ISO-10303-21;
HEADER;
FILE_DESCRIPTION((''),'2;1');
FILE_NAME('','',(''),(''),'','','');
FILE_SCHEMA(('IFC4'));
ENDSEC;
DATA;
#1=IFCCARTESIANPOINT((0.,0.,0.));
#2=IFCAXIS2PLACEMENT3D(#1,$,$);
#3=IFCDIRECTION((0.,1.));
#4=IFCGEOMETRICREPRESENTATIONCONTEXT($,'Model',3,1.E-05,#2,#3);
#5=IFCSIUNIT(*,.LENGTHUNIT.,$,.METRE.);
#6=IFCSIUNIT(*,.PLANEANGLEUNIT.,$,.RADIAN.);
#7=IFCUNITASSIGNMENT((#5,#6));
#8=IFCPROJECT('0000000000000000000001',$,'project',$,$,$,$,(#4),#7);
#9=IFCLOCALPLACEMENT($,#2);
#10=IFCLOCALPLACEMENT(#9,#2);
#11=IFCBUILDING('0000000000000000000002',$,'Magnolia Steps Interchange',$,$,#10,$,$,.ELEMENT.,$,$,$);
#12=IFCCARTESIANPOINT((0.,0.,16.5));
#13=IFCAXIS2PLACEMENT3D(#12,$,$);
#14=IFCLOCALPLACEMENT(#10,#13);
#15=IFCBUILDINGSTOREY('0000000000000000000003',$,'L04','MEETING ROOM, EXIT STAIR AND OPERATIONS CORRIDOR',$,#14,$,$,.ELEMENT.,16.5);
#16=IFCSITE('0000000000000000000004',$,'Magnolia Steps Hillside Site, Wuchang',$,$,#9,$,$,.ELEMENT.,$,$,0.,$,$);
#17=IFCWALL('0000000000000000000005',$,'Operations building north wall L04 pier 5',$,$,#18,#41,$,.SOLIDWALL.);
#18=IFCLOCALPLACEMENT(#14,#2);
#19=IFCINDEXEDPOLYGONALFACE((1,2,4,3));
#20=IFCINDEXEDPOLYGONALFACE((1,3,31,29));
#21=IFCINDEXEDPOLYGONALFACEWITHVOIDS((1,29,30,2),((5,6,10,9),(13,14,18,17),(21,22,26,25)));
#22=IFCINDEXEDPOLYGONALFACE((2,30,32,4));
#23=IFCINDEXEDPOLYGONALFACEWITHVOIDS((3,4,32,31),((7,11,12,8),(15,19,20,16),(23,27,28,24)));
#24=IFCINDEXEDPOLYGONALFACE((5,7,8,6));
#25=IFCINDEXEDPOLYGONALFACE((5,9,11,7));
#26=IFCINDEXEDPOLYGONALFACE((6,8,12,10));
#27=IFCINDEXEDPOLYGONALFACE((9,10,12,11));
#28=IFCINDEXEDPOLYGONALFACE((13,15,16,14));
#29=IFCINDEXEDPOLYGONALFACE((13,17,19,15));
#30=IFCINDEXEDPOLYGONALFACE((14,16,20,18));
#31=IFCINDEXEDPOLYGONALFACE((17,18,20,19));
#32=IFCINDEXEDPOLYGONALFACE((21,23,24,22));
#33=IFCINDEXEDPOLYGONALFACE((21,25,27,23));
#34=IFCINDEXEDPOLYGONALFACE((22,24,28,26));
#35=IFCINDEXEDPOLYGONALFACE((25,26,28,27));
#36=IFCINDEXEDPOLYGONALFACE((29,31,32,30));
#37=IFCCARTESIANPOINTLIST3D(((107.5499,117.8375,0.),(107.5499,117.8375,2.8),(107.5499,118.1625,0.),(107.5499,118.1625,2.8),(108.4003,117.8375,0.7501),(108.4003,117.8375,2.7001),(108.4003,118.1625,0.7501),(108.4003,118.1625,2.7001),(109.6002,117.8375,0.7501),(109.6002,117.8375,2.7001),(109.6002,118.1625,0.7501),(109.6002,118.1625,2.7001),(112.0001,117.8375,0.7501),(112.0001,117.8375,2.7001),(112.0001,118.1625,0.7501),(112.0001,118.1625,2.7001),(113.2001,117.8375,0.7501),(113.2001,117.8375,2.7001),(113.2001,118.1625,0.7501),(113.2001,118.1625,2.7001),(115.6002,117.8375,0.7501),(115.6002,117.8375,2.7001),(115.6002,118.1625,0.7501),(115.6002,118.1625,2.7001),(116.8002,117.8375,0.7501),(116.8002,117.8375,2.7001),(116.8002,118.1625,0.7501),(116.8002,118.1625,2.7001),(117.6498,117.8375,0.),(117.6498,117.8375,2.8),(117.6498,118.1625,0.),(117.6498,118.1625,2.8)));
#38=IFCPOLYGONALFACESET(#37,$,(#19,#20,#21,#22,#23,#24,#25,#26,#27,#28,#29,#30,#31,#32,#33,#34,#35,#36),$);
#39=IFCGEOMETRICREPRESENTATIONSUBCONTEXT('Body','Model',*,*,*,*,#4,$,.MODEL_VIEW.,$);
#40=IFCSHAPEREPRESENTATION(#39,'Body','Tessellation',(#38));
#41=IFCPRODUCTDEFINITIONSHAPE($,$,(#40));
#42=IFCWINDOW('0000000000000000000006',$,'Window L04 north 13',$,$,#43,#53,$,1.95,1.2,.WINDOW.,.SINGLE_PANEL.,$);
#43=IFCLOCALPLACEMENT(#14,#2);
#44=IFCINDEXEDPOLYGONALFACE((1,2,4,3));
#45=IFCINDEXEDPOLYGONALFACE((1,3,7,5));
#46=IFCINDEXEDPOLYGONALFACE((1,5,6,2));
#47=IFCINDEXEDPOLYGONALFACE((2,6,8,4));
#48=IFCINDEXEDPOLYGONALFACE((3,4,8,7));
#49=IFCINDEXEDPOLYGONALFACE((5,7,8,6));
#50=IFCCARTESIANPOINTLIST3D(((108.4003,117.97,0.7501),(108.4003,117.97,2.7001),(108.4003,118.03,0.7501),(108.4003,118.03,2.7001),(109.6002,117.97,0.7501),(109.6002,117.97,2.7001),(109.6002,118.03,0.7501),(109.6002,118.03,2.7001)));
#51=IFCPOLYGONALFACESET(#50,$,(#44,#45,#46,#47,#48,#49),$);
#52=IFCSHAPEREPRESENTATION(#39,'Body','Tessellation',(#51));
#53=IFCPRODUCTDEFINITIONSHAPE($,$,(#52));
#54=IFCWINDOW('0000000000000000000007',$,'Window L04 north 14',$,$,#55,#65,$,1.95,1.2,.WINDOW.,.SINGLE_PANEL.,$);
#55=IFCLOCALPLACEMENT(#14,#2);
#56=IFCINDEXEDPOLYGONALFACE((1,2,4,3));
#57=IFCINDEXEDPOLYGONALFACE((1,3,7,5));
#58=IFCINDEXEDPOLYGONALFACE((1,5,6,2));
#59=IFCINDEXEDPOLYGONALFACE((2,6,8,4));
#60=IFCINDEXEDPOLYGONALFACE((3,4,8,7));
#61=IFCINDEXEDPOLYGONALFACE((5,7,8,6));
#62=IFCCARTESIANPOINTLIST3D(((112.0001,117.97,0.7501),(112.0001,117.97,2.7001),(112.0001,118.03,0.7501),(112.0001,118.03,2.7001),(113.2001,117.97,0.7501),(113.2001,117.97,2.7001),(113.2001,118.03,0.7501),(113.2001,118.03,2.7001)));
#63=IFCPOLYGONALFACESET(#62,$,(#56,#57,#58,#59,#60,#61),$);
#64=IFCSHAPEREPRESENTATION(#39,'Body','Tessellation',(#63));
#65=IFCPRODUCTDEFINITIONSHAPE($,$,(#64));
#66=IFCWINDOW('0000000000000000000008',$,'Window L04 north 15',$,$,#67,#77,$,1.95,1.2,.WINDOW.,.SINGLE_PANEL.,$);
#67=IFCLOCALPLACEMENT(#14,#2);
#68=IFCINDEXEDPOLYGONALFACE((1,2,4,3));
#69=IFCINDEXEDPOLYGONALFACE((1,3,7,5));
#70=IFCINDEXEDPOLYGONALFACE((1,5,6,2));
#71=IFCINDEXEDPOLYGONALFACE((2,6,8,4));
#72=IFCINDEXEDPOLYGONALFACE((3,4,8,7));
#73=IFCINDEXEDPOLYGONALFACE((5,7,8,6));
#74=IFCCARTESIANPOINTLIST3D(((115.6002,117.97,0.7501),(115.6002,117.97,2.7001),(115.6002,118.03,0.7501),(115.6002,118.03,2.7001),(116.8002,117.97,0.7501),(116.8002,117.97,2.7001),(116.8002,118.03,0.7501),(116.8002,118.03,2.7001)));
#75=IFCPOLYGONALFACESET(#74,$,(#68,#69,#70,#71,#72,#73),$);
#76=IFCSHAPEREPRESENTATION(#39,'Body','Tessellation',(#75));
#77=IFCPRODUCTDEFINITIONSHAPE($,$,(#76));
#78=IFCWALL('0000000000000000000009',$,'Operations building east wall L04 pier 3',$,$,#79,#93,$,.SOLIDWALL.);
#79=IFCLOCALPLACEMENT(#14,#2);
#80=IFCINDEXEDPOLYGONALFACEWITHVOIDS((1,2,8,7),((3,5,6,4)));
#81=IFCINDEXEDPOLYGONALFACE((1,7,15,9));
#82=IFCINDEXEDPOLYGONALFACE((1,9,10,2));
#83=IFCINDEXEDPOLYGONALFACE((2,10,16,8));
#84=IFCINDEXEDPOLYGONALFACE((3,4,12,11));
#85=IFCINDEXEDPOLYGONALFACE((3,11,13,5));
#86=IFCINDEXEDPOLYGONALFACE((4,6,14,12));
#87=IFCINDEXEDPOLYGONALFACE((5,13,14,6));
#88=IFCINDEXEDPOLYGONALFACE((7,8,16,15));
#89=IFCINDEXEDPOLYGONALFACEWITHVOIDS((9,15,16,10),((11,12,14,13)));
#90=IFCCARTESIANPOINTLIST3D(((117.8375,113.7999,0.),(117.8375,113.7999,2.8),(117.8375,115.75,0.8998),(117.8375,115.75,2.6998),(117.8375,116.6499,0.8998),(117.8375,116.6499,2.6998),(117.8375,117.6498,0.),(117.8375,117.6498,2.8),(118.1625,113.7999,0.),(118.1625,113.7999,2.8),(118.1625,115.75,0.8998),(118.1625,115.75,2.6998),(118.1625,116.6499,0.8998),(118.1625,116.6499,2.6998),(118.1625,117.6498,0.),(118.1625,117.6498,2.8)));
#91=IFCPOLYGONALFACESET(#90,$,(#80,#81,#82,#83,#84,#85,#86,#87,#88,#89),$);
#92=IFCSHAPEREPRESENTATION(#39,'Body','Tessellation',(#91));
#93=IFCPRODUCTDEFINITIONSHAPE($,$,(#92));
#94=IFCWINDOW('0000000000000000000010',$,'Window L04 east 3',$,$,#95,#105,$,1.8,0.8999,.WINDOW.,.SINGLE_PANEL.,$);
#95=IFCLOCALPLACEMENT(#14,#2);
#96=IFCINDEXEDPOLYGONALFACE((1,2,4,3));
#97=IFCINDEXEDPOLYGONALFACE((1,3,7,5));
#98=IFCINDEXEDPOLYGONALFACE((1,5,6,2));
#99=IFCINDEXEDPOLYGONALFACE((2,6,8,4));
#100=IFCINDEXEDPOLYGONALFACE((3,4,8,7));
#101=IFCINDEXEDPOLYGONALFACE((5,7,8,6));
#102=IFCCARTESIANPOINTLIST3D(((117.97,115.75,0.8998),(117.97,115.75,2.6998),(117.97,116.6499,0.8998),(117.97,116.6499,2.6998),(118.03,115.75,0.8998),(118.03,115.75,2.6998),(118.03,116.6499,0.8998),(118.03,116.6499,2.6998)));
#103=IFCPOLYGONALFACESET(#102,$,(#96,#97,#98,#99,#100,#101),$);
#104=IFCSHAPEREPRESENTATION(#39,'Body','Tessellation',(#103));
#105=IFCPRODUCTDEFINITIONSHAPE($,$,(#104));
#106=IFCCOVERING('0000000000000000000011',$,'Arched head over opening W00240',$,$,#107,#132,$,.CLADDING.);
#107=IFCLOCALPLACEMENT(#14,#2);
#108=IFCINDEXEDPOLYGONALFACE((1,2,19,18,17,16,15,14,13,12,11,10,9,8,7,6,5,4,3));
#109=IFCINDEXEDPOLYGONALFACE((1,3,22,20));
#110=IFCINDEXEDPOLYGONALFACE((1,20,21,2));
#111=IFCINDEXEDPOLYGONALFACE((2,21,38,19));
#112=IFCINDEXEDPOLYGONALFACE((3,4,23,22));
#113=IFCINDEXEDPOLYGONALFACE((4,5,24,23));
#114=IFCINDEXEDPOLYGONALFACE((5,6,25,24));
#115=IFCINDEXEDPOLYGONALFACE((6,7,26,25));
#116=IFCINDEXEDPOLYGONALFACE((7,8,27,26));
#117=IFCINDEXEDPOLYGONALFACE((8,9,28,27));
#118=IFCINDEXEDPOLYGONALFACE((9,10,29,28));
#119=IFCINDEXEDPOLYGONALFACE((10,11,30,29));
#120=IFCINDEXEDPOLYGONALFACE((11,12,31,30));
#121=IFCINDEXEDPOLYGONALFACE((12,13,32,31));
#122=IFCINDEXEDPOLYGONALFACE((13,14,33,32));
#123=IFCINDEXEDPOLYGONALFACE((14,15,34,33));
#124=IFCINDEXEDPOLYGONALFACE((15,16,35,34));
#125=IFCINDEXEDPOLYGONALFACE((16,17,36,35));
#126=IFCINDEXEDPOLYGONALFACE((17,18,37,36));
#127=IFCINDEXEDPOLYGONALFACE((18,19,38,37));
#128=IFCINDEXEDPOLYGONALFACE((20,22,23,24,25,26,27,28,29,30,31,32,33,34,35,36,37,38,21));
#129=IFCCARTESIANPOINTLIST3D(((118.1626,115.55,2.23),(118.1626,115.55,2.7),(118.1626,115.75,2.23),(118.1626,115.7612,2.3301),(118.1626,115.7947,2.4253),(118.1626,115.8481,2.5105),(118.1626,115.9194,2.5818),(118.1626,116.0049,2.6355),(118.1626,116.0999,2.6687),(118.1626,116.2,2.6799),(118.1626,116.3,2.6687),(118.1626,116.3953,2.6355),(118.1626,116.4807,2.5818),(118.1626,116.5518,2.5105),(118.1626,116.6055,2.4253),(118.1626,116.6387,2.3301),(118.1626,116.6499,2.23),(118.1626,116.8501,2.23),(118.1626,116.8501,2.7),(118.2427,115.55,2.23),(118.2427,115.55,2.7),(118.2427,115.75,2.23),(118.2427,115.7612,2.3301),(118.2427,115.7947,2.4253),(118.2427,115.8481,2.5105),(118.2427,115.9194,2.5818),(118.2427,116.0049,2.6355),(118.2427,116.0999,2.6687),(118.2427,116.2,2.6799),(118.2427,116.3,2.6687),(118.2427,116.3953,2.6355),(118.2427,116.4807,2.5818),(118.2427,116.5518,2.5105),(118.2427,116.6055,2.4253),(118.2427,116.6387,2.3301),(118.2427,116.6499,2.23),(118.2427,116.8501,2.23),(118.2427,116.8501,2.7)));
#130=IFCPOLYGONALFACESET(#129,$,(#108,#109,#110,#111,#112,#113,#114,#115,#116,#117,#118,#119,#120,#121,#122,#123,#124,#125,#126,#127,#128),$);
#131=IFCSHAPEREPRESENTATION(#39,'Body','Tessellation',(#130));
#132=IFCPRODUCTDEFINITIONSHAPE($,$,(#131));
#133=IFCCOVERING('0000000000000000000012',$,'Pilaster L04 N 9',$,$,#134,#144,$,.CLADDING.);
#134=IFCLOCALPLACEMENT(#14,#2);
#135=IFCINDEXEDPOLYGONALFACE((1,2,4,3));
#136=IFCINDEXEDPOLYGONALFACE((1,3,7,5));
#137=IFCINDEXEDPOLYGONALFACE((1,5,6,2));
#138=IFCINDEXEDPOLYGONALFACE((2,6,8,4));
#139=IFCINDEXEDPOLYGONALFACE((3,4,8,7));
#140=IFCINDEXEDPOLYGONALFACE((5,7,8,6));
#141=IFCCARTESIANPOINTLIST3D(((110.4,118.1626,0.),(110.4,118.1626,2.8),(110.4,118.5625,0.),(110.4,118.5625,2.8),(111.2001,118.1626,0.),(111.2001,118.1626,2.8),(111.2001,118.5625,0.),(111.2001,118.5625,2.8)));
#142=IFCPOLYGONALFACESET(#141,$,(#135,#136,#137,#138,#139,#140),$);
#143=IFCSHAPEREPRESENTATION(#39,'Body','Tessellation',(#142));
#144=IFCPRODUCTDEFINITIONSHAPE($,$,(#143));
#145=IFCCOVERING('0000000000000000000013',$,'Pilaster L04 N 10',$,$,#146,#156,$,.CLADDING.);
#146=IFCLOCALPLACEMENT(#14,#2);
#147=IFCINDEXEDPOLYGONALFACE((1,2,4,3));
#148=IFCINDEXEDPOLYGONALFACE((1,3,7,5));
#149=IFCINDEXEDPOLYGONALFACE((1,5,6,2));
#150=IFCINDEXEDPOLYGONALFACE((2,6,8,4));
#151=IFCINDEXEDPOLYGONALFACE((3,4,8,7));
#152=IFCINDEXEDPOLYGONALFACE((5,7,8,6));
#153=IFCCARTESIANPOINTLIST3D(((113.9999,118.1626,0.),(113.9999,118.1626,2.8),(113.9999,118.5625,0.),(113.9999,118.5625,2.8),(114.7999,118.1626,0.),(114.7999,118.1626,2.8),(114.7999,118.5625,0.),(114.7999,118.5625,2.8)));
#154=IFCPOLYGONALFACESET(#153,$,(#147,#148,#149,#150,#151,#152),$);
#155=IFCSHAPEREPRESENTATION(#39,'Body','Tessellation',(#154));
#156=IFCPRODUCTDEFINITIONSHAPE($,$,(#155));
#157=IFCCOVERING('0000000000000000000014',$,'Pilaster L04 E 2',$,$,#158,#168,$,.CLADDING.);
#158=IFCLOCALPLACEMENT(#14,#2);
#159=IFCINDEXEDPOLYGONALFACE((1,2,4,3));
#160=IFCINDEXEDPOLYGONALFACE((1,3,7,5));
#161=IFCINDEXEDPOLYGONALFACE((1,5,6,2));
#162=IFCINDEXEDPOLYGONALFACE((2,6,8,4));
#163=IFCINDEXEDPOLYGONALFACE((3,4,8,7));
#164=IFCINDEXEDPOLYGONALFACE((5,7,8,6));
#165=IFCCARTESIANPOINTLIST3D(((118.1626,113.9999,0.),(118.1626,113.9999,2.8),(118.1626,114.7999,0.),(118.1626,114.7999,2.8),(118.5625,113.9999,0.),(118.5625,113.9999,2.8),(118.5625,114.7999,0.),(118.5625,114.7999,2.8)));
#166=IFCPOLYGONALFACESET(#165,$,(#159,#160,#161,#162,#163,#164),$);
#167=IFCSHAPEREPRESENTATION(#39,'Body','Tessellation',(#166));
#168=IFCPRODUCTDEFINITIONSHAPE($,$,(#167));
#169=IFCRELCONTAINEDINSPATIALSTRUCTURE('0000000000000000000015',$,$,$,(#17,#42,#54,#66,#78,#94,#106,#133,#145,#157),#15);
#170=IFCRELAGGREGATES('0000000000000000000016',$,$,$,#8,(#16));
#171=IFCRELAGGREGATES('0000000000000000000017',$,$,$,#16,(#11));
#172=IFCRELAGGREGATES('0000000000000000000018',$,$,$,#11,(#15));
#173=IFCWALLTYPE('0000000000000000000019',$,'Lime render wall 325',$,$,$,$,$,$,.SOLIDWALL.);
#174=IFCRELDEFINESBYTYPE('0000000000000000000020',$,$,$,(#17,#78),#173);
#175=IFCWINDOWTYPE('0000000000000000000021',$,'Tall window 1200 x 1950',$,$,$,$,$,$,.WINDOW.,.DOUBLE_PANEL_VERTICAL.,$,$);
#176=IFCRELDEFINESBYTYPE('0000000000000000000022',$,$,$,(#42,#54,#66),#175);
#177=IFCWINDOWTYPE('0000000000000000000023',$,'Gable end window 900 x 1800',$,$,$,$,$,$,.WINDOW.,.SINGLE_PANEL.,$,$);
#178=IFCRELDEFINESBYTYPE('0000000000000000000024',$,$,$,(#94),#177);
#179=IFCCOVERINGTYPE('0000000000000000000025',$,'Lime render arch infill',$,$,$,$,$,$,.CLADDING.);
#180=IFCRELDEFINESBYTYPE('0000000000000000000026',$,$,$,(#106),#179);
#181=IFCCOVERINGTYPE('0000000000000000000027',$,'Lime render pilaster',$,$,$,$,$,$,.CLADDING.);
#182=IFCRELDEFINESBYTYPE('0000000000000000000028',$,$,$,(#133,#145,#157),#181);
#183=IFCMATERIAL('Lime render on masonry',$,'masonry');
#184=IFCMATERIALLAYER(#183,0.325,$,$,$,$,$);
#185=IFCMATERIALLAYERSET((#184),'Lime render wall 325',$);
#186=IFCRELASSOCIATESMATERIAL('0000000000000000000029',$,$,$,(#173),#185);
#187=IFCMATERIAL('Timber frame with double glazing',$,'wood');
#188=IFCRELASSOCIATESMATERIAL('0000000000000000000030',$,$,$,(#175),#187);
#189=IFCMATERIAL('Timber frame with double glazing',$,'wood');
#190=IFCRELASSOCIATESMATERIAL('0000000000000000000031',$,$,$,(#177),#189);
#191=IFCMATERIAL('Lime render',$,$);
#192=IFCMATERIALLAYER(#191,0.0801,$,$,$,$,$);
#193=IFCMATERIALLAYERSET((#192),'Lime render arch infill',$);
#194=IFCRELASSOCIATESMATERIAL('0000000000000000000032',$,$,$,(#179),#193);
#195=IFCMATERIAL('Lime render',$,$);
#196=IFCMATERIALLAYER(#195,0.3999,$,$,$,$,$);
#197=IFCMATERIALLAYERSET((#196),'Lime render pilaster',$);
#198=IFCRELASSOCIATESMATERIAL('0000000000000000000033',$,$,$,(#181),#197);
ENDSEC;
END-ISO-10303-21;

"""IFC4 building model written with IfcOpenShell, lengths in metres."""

from ifc_helpers import new_model, si_unit, direction, frame, frame_2d, origin, origin_2d, place, context, subcontext, project, spatial, polyline, rectangle, outline, extrude, material, layer, layer_set, type_object, element, fill, save


model = new_model("IFC4")

# Units and contexts
model_context = context("Model", 3, precision=1e-05, world=origin(), true_north=direction((0.0, 1.0)))
body_context = subcontext(model_context, "Body", "Model", "MODEL_VIEW")
ifc_project = project(units=[si_unit("LENGTHUNIT", "METRE"), si_unit("PLANEANGLEUNIT", "RADIAN")], contexts=[model_context])

# Site, building, storey
site_placement = place(None, origin())
site = spatial("IfcSite", under=ifc_project, at=site_placement, Name="Magnolia Steps Hillside Site, Wuchang", CompositionType="ELEMENT", RefElevation=0.0)
building_placement = place(site_placement, origin())
building = spatial("IfcBuilding", under=site, at=building_placement, Name="Magnolia Steps Interchange", CompositionType="ELEMENT")
storey_placement = place(building_placement, frame((0.0, 0.0, 16.5)))
storey = spatial("IfcBuildingStorey", under=building, at=storey_placement, Name="L04", Description="MEETING ROOM, EXIT STAIR AND OPERATIONS CORRIDOR", CompositionType="ELEMENT", Elevation=16.5)

# Wall, openings, windows
ifc_material_1 = material(Name="Lime render on masonry", Category="masonry")
ifc_layer_1 = layer(ifc_material_1, 0.325)
ifc_layer_set_1 = layer_set([ifc_layer_1], Name="Lime render wall 325")
wall_type = type_object("IfcWallType", Name="Lime render wall 325", PredefinedType="SOLIDWALL", material=ifc_layer_set_1)
wall_1_placement = place(storey_placement, frame((107.55, 118.0, 0.0), z_axis=(0.0, 0.0, 1.0), x_axis=(1.0, 0.0, 0.0)))
wall_1 = element("IfcWall", 1, at=wall_1_placement, inside=storey, type_object=wall_type, Name="Operations building north wall L04 pier 5", PredefinedType="SOLIDWALL", context=body_context, shape_type="SweptSolid", body=[
    extrude(rectangle(XDim=10.0999, YDim=0.325, at=frame_2d((5.0498, 0.0))), origin(), (0.0, 0.0, 1.0), 2.8),
])
opening_1_placement = place(wall_1_placement, frame((0.8501, 0.0, 0.75)))
opening_1 = element("IfcOpeningElement", 2, at=opening_1_placement, cuts=wall_1, PredefinedType="OPENING", context=body_context, shape_type="SweptSolid", body=[
    extrude(rectangle(XDim=1.2, YDim=1.95, at=frame_2d((0.6001, 0.9751))), frame((0.0, 0.1724, 0.0), z_axis=(0.0, -1.0, 0.0), x_axis=(1.0, 0.0, 0.0)), (0.0, 0.0, 1.0), 0.345),
])
opening_2_placement = place(wall_1_placement, frame((4.45, 0.0, 0.75)))
opening_2 = element("IfcOpeningElement", 3, at=opening_2_placement, cuts=wall_1, PredefinedType="OPENING", context=body_context, shape_type="SweptSolid", body=[
    extrude(rectangle(XDim=1.2, YDim=1.95, at=frame_2d((0.6001, 0.9751))), frame((0.0, 0.1724, 0.0), z_axis=(0.0, -1.0, 0.0), x_axis=(1.0, 0.0, 0.0)), (0.0, 0.0, 1.0), 0.345),
])
opening_3_placement = place(wall_1_placement, frame((8.05, 0.0, 0.75)))
opening_3 = element("IfcOpeningElement", 4, at=opening_3_placement, cuts=wall_1, PredefinedType="OPENING", context=body_context, shape_type="SweptSolid", body=[
    extrude(rectangle(XDim=1.2, YDim=1.95, at=frame_2d((0.6001, 0.9751))), frame((0.0, 0.1724, 0.0), z_axis=(0.0, -1.0, 0.0), x_axis=(1.0, 0.0, 0.0)), (0.0, 0.0, 1.0), 0.345),
])
ifc_material_2 = material(Name="Timber frame with double glazing", Category="wood")
window_type_1 = type_object("IfcWindowType", Name="Tall window 1200 x 1950", PartitioningType="DOUBLE_PANEL_VERTICAL", PredefinedType="WINDOW", material=ifc_material_2)
window_1_placement = place(opening_1_placement, origin())
window_1 = element("IfcWindow", 5, at=window_1_placement, inside=storey, type_object=window_type_1, Name="Window L04 north 13", OverallHeight=1.95, OverallWidth=1.2, PartitioningType="SINGLE_PANEL", PredefinedType="WINDOW", context=body_context, shape_type="SweptSolid", body=[
    extrude(rectangle(XDim=1.2, YDim=1.95, at=frame_2d((0.6001, 0.9751))), frame((0.0, 0.03, 0.0), z_axis=(0.0, -1.0, 0.0), x_axis=(1.0, 0.0, 0.0)), (0.0, 0.0, 1.0), 0.0601),
])
fill(opening_1, window_1)
window_2_placement = place(opening_2_placement, origin())
window_2 = element("IfcWindow", 6, at=window_2_placement, inside=storey, type_object=window_type_1, Name="Window L04 north 14", OverallHeight=1.95, OverallWidth=1.2, PartitioningType="SINGLE_PANEL", PredefinedType="WINDOW", context=body_context, shape_type="SweptSolid", body=[
    extrude(rectangle(XDim=1.2, YDim=1.95, at=frame_2d((0.6001, 0.9751))), frame((0.0, 0.03, 0.0), z_axis=(0.0, -1.0, 0.0), x_axis=(1.0, 0.0, 0.0)), (0.0, 0.0, 1.0), 0.0601),
])
fill(opening_2, window_2)
window_3_placement = place(opening_3_placement, origin())
window_3 = element("IfcWindow", 7, at=window_3_placement, inside=storey, type_object=window_type_1, Name="Window L04 north 15", OverallHeight=1.95, OverallWidth=1.2, PartitioningType="SINGLE_PANEL", PredefinedType="WINDOW", context=body_context, shape_type="SweptSolid", body=[
    extrude(rectangle(XDim=1.2, YDim=1.95, at=frame_2d((0.6001, 0.9751))), frame((0.0, 0.03, 0.0), z_axis=(0.0, -1.0, 0.0), x_axis=(1.0, 0.0, 0.0)), (0.0, 0.0, 1.0), 0.0601),
])
fill(opening_3, window_3)

# Wall, opening, window
wall_2_placement = place(storey_placement, frame((118.0, 113.8, 0.0), z_axis=(0.0, 0.0, 1.0), x_axis=(0.0, 1.0, 0.0)))
wall_2 = element("IfcWall", 8, at=wall_2_placement, inside=storey, type_object=wall_type, Name="Operations building east wall L04 pier 3", PredefinedType="SOLIDWALL", context=body_context, shape_type="SweptSolid", body=[
    extrude(rectangle(XDim=3.8499, YDim=0.325, at=frame_2d((1.9248, 0.0))), origin(), (0.0, 0.0, 1.0), 2.8),
])
opening_4_placement = place(wall_2_placement, frame((1.95, 0.0, 0.8999)))
opening_4 = element("IfcOpeningElement", 9, at=opening_4_placement, cuts=wall_2, PredefinedType="OPENING", context=body_context, shape_type="SweptSolid", body=[
    extrude(rectangle(XDim=0.8999, YDim=1.8, at=frame_2d((0.45, 0.8999))), frame((0.0, 0.1724, 0.0), z_axis=(0.0, -1.0, 0.0), x_axis=(1.0, 0.0, 0.0)), (0.0, 0.0, 1.0), 0.345),
])
ifc_material_3 = material(Name="Timber frame with double glazing", Category="wood")
window_type_2 = type_object("IfcWindowType", Name="Gable end window 900 x 1800", PartitioningType="SINGLE_PANEL", PredefinedType="WINDOW", material=ifc_material_3)
window_4_placement = place(opening_4_placement, origin())
window_4 = element("IfcWindow", 10, at=window_4_placement, inside=storey, type_object=window_type_2, Name="Window L04 east 3", OverallHeight=1.8, OverallWidth=0.8999, PartitioningType="SINGLE_PANEL", PredefinedType="WINDOW", context=body_context, shape_type="SweptSolid", body=[
    extrude(rectangle(XDim=0.8999, YDim=1.8, at=frame_2d((0.45, 0.8999))), frame((0.0, 0.03, 0.0), z_axis=(0.0, -1.0, 0.0), x_axis=(1.0, 0.0, 0.0)), (0.0, 0.0, 1.0), 0.0601),
])
fill(opening_4, window_4)

# Coverings
ifc_material_4 = material(Name="Lime render")
ifc_layer_2 = layer(ifc_material_4, 0.0801)
ifc_layer_set_2 = layer_set([ifc_layer_2], Name="Lime render arch infill")
covering_type_1 = type_object("IfcCoveringType", Name="Lime render arch infill", PredefinedType="CLADDING", material=ifc_layer_set_2)
covering_1_placement = place(storey_placement, frame((118.1626, 115.55, 2.23), z_axis=(-1.0, 0.0, 0.0), x_axis=(0.0, 0.0, 1.0)))
element("IfcCovering", 11, at=covering_1_placement, inside=storey, type_object=covering_type_1, Name="Arched head over opening W00240", PredefinedType="CLADDING", context=body_context, shape_type="SweptSolid", body=[
    extrude(outline(polyline([(0.0, 0.0), (0.47, 0.0), (0.47, 1.3), (0.0, 1.3), (0.0, 1.0999), (0.1001, 1.0886), (0.1953, 1.0554), (0.2805, 1.0017), (0.3518, 0.9307), (0.4055, 0.8452), (0.4387, 0.75), (0.45, 0.6499), (0.4387, 0.5498), (0.4055, 0.4548), (0.3518, 0.3694), (0.2805, 0.2981), (0.1953, 0.2446), (0.1001, 0.2112), (0.0, 0.2), (0.0, 0.0)])), origin(), (0.0, 0.0, -1.0), 0.0801),
])
ifc_material_5 = material(Name="Lime render")
ifc_layer_3 = layer(ifc_material_5, 0.3999)
ifc_layer_set_3 = layer_set([ifc_layer_3], Name="Lime render pilaster")
covering_type_2 = type_object("IfcCoveringType", Name="Lime render pilaster", PredefinedType="CLADDING", material=ifc_layer_set_3)
for number, where, z_axis, x_axis, name in (
    (12, (110.8, 118.3625, 0.0), (0.0, 0.0, 1.0), (1.0, 0.0, 0.0), "Pilaster L04 N 9"),
    (13, (114.3999, 118.3625, 0.0), (0.0, 0.0, 1.0), (1.0, 0.0, 0.0), "Pilaster L04 N 10"),
):
    element("IfcCovering", number, at=place(storey_placement, frame(where, z_axis=z_axis, x_axis=x_axis)), inside=storey, type_object=covering_type_2, Name=name, PredefinedType="CLADDING", context=body_context, shape_type="SweptSolid", body=[
        extrude(rectangle(XDim=0.8, YDim=0.3999, at=origin_2d()), origin(), (0.0, 0.0, 1.0), 2.8),
    ])
covering_2_placement = place(storey_placement, frame((118.3625, 114.3999, 0.0), z_axis=(0.0, 0.0, 1.0), x_axis=(1.0, 0.0, 0.0)))
element("IfcCovering", 14, at=covering_2_placement, inside=storey, type_object=covering_type_2, Name="Pilaster L04 E 2", PredefinedType="CLADDING", context=body_context, shape_type="SweptSolid", body=[
    extrude(rectangle(XDim=0.3999, YDim=0.8, at=origin_2d()), origin(), (0.0, 0.0, 1.0), 2.8),
])

save(model, "model.ifc")
